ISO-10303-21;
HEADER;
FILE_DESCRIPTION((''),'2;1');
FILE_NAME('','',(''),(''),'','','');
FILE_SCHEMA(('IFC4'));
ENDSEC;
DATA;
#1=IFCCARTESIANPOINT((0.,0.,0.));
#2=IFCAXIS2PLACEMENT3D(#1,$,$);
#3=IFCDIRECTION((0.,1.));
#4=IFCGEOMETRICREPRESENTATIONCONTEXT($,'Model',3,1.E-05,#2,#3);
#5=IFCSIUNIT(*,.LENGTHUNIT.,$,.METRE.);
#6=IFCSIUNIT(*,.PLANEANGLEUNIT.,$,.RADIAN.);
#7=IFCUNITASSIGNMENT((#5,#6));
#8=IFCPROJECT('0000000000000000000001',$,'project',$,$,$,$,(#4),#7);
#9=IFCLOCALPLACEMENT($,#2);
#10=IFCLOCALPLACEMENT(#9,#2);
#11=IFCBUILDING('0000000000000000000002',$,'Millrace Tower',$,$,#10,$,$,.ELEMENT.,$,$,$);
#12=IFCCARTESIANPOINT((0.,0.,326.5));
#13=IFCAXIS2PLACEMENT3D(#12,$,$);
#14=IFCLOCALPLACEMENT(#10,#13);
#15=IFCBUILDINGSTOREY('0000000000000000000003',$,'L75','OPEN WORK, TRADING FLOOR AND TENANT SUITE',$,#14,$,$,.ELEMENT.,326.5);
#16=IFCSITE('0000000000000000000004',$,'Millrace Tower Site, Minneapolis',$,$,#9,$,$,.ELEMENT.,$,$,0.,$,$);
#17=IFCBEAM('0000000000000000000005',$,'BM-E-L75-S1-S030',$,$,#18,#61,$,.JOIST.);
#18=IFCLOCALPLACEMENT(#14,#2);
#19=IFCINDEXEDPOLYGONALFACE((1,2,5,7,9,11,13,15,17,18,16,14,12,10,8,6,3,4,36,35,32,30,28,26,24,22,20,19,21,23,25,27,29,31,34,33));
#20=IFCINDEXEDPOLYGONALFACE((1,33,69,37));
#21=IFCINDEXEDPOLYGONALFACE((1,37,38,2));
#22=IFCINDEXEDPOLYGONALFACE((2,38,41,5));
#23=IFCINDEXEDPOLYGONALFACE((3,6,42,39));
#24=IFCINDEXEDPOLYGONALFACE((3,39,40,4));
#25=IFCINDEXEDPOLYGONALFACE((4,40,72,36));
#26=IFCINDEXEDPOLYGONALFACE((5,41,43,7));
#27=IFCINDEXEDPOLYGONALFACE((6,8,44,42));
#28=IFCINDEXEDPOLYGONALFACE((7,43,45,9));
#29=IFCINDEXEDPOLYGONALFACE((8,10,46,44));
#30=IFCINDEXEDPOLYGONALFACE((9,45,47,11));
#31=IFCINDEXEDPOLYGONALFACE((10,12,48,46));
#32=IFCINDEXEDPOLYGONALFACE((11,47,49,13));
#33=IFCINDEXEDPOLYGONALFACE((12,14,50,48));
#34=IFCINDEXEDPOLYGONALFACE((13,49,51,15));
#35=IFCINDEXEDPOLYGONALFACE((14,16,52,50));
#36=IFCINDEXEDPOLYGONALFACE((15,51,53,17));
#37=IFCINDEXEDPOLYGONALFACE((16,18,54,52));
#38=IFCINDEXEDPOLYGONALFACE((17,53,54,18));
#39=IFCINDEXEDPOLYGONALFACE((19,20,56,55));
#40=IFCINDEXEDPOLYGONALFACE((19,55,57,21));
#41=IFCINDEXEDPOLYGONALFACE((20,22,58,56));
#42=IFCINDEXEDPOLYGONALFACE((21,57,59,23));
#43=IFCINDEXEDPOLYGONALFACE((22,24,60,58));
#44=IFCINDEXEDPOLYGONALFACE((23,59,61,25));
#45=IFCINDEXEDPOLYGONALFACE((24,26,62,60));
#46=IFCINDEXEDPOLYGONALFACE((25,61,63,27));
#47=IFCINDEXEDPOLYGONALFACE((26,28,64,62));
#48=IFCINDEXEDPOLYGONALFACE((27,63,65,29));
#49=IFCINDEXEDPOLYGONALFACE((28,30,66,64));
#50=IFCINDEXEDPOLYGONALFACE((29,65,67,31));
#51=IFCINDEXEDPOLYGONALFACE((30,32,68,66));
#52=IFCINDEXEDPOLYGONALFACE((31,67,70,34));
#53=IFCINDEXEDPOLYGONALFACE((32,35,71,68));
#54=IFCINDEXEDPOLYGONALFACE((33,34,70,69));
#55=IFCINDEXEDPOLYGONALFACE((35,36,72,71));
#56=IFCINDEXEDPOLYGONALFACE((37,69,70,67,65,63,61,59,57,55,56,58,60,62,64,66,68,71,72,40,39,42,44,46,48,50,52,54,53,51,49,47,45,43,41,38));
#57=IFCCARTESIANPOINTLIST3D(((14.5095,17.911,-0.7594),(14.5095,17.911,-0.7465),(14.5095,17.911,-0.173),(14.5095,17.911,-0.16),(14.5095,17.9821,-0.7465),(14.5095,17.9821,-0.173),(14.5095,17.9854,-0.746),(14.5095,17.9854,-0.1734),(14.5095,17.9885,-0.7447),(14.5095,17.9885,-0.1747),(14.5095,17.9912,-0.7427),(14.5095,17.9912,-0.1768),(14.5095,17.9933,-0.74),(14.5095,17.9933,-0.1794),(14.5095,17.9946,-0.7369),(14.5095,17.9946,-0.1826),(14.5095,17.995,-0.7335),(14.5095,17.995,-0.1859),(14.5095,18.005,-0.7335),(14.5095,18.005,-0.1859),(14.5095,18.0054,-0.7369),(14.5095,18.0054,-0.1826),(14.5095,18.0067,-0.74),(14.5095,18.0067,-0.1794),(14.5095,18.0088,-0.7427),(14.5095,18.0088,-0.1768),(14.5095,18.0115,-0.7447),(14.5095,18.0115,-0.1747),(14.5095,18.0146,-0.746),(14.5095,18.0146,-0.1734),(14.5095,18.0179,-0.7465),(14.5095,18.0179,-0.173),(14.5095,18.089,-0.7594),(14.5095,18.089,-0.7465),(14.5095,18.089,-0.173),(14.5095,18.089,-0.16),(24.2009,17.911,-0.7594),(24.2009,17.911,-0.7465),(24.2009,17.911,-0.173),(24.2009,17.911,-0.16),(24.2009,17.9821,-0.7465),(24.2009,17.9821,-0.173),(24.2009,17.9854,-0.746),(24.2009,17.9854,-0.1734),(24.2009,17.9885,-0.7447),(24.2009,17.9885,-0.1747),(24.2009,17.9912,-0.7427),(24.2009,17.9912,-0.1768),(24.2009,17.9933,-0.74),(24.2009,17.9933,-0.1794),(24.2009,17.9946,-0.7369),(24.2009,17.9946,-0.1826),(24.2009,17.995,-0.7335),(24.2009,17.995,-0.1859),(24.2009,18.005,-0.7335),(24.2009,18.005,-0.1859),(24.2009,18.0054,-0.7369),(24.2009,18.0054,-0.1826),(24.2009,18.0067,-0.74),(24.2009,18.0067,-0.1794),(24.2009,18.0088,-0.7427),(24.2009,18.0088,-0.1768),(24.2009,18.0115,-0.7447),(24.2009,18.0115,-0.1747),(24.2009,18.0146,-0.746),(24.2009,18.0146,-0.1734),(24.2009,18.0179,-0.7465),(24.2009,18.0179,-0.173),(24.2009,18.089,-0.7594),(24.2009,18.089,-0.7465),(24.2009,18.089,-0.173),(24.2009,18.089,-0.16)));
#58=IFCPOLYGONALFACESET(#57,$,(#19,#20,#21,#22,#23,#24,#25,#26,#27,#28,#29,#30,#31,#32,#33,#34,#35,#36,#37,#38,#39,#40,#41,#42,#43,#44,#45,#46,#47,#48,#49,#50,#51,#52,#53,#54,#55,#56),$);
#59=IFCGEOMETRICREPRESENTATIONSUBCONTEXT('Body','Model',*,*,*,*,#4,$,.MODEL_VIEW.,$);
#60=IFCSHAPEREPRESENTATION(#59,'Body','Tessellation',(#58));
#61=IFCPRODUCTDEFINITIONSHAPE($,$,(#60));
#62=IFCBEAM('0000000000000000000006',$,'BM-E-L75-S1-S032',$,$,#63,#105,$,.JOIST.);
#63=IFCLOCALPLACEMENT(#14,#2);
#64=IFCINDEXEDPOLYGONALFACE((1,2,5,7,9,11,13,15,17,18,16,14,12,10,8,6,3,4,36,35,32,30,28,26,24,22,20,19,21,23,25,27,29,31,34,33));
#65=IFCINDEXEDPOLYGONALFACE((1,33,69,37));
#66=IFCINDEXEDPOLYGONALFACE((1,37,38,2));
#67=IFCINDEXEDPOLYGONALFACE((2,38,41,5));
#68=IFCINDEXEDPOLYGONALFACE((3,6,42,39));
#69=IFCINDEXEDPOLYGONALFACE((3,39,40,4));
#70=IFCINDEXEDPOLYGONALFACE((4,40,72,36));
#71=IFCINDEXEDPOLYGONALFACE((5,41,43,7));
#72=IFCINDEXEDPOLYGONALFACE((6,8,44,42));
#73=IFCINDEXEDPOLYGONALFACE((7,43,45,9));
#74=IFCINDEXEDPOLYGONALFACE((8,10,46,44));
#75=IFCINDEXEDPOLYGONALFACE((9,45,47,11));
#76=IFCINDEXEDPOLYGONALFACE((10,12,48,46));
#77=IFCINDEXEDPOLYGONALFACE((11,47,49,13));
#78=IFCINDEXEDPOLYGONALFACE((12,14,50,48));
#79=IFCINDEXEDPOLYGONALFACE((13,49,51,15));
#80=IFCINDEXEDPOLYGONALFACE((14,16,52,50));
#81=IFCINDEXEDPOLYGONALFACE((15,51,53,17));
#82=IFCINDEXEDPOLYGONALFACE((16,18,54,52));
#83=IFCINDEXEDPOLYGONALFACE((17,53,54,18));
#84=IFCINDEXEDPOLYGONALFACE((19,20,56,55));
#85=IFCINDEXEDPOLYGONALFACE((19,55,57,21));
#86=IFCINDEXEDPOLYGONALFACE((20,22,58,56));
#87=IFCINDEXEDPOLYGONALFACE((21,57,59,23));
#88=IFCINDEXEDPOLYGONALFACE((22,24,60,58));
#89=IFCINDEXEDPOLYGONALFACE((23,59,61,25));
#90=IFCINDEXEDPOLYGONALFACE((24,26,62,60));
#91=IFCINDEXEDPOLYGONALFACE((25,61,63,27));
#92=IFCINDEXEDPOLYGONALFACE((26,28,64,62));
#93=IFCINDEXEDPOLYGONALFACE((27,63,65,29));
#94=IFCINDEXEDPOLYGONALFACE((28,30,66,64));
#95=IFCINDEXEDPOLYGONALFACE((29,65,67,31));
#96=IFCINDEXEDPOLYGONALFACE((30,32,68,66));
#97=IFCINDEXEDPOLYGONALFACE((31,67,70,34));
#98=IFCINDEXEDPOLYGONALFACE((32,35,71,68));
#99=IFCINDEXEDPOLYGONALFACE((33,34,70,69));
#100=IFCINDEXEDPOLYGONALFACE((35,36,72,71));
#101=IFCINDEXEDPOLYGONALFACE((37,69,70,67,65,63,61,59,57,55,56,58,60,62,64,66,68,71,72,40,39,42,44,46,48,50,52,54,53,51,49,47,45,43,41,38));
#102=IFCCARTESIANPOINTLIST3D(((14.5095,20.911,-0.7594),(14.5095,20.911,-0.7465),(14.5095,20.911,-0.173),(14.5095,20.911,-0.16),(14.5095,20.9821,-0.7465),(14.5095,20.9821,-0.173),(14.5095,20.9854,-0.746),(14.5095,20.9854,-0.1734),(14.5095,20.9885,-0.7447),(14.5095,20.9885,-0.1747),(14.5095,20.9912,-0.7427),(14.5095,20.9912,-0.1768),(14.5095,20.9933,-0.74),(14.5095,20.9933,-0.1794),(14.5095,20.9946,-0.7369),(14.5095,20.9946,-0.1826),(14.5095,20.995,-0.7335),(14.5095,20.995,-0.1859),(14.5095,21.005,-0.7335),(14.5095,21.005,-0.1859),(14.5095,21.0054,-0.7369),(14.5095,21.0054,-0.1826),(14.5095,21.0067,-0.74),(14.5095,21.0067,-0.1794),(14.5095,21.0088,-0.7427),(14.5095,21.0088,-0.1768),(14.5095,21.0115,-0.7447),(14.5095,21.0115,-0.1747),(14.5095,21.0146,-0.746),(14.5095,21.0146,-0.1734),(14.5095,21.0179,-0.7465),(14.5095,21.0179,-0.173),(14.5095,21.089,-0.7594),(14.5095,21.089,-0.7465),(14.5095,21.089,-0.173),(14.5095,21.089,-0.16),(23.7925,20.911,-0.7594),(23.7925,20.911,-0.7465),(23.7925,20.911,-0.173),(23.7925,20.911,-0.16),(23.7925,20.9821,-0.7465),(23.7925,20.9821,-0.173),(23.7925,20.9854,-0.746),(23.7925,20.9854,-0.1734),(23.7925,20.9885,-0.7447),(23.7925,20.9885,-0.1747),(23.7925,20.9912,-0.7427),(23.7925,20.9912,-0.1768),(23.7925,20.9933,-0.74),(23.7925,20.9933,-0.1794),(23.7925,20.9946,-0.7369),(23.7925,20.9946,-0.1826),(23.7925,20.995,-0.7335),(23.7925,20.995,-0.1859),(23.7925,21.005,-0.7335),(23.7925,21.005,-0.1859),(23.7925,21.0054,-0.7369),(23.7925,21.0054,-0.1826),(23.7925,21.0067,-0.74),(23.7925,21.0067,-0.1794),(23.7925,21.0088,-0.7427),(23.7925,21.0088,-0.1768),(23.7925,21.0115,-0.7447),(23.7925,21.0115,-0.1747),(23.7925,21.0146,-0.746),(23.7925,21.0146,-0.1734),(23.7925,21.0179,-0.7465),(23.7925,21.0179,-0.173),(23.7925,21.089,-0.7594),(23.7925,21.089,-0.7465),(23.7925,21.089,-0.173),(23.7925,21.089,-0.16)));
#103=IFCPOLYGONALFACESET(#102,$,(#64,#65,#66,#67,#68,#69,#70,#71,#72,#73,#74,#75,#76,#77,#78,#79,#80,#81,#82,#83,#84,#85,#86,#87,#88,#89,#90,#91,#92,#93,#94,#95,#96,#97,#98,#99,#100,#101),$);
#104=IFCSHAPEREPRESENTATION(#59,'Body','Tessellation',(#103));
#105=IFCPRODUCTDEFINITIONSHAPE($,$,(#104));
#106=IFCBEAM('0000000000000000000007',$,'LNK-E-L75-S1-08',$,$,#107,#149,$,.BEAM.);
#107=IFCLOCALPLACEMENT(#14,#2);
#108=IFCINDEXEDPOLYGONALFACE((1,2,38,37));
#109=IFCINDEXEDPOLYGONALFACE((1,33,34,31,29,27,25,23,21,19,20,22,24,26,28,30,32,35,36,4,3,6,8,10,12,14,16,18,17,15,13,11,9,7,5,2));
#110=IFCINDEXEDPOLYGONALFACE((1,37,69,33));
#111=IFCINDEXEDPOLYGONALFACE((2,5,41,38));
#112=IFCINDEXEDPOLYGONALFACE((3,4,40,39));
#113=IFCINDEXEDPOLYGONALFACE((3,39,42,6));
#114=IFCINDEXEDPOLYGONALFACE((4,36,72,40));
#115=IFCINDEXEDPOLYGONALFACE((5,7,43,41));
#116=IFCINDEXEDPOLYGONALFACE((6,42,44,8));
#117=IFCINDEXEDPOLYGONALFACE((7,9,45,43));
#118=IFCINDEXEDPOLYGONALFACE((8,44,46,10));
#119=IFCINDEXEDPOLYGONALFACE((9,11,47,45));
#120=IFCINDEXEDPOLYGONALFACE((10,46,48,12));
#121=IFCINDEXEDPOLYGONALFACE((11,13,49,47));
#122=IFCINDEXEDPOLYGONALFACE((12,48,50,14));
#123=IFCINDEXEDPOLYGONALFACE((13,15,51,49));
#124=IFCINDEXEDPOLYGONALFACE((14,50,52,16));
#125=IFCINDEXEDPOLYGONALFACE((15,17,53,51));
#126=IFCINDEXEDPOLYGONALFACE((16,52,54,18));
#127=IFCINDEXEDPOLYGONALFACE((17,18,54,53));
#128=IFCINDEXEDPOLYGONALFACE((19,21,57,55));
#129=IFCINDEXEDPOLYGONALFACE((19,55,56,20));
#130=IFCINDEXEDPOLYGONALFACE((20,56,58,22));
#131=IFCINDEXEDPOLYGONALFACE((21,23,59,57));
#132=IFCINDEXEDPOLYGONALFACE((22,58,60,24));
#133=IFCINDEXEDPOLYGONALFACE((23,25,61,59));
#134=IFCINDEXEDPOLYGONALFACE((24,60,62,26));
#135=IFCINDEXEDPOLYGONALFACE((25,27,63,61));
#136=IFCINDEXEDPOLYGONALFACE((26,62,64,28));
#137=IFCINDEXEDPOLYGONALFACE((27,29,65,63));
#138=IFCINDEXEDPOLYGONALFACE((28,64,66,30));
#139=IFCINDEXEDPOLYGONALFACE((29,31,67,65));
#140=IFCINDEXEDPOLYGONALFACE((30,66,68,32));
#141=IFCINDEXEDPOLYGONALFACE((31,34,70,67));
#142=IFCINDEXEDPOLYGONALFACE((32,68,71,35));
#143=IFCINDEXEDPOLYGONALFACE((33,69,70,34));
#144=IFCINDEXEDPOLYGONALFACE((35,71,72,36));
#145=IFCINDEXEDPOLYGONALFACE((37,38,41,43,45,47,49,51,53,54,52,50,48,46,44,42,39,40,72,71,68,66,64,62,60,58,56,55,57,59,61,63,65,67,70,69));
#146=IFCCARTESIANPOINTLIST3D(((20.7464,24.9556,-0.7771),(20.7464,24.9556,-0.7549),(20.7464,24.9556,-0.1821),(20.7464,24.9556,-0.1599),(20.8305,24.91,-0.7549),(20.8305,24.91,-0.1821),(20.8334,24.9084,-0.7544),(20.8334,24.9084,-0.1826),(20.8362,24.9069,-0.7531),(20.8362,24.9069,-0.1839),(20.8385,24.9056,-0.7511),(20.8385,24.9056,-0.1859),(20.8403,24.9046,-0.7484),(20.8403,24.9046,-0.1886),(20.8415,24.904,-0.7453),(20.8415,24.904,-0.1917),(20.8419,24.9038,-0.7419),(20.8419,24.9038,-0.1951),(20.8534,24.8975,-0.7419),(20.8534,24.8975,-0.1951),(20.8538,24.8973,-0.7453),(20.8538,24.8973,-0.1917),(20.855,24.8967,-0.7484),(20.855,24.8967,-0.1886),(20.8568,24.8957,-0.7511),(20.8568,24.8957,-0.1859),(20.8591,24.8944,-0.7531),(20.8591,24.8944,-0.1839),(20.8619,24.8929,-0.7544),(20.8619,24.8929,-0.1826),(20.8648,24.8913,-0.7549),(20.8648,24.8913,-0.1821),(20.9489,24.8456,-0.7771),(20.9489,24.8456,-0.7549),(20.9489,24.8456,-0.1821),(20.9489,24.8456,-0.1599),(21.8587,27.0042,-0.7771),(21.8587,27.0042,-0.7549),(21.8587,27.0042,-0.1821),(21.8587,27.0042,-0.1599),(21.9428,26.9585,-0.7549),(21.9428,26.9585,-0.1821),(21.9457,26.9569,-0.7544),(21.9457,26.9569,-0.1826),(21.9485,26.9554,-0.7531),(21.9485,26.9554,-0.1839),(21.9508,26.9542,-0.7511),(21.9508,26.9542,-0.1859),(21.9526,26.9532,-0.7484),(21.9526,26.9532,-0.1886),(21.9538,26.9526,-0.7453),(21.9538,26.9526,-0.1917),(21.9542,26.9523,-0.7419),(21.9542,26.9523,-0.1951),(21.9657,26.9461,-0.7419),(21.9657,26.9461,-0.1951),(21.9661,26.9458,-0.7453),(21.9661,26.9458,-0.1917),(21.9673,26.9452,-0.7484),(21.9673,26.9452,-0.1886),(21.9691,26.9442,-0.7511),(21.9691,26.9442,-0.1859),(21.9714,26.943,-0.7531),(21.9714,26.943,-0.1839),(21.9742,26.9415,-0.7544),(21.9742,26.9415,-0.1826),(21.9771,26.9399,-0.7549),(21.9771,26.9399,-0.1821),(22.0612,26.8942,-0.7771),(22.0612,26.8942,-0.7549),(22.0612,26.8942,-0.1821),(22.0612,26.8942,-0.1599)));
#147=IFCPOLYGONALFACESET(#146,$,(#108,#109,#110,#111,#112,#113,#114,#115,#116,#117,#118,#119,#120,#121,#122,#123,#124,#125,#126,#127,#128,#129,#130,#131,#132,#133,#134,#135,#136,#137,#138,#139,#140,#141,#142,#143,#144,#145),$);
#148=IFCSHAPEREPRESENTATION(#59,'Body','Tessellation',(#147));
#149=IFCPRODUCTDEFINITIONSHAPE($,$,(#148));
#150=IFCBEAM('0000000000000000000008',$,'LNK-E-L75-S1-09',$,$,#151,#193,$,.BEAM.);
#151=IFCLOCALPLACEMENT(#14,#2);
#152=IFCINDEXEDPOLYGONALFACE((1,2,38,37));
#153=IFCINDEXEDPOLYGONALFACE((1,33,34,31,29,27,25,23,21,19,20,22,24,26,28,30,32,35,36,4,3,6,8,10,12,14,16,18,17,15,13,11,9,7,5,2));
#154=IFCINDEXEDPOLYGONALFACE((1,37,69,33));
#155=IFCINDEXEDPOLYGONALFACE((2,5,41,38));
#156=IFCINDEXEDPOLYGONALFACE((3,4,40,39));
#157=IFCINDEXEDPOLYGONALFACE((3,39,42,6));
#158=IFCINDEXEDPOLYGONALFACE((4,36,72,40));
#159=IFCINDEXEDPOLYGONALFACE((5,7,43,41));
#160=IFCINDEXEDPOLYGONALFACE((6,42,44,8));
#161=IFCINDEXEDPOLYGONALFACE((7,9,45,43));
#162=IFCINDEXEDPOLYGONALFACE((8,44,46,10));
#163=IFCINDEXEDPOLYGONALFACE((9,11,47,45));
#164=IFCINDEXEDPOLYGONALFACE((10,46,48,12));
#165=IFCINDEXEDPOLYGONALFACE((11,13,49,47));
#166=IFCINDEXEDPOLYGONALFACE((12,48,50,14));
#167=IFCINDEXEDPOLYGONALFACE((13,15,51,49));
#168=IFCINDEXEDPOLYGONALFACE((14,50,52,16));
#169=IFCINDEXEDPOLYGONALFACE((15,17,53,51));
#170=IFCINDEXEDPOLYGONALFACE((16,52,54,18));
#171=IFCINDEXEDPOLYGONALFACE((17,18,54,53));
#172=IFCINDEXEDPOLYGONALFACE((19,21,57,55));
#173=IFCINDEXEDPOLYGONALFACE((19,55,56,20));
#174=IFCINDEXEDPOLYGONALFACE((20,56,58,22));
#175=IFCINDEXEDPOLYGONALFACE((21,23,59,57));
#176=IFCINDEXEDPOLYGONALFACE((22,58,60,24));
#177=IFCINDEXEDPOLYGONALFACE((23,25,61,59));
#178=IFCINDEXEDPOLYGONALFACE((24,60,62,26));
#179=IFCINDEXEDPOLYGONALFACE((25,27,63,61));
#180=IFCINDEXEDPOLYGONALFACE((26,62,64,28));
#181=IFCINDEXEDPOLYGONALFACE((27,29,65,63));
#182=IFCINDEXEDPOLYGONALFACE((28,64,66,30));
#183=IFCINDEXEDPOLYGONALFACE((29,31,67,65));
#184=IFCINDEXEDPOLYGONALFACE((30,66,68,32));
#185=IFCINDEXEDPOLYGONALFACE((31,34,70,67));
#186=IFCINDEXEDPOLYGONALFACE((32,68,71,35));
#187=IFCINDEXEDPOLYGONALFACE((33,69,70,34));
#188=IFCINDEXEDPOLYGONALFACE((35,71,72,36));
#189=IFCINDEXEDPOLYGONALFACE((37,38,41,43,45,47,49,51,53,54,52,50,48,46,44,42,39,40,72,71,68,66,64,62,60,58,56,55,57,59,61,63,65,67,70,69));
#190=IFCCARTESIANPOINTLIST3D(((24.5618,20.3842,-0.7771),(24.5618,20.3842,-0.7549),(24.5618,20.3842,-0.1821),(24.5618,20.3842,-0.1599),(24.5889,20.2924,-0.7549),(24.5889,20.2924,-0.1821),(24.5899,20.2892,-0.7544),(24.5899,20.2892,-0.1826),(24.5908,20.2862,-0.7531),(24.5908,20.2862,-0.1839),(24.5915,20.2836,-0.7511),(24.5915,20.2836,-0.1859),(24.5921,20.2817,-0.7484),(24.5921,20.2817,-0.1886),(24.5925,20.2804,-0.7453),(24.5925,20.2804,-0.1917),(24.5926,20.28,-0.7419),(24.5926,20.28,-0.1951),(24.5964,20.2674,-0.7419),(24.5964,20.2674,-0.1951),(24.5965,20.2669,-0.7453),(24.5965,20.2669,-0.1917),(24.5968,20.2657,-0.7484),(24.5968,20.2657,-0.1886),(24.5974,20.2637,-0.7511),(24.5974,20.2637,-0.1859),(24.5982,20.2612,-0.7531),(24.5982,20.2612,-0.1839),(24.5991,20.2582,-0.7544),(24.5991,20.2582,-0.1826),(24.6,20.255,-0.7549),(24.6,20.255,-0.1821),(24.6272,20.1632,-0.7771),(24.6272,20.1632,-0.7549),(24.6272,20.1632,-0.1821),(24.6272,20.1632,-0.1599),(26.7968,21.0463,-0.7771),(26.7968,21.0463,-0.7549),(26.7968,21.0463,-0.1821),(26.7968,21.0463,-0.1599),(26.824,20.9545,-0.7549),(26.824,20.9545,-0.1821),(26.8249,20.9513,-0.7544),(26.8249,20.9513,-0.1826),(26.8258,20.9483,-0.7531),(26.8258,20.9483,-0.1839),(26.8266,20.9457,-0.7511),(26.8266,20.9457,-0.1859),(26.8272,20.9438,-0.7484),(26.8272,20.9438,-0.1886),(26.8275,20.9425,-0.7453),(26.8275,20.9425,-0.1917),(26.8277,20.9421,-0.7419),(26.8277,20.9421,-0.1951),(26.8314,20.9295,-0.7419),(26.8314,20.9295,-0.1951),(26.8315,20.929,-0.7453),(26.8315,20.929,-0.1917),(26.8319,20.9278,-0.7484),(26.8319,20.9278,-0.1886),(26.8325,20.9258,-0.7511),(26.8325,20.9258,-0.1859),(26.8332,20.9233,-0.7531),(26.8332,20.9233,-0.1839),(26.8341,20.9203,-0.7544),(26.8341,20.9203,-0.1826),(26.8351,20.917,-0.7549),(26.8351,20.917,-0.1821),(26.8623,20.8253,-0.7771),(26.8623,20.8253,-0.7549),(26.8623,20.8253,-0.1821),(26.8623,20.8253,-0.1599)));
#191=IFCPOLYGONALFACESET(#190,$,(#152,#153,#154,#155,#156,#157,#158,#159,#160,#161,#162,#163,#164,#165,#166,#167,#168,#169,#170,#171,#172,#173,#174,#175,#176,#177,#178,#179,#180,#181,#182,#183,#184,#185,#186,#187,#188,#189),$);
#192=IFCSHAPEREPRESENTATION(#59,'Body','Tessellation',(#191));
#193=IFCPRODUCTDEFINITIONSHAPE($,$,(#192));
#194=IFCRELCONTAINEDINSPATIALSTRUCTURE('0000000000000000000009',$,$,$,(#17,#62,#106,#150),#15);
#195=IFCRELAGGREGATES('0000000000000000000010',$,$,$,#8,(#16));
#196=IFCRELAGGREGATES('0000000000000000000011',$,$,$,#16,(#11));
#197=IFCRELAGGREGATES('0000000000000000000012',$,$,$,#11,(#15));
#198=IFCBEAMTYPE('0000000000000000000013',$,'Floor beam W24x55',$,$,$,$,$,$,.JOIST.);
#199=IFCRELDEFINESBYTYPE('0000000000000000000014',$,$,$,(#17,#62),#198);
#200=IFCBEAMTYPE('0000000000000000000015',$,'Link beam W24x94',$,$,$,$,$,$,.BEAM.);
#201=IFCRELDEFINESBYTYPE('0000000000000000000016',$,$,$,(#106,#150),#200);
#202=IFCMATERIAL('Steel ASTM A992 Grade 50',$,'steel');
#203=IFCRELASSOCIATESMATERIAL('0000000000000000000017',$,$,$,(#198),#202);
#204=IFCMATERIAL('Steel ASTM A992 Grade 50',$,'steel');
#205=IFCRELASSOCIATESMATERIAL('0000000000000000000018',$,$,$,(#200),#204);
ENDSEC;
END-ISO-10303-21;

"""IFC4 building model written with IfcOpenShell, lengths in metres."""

from ifc_helpers import new_model, si_unit, direction, frame, origin, origin_2d, place, context, subcontext, project, spatial, i_section, extrude, material, material_profile, profile_set, type_object, element, save


model = new_model("IFC4")

# Units and contexts
model_context = context("Model", 3, precision=1e-05, world=origin(), true_north=direction((0.0, 1.0)))
body_context = subcontext(model_context, "Body", "Model", "MODEL_VIEW")
ifc_project = project(units=[si_unit("LENGTHUNIT", "METRE"), si_unit("PLANEANGLEUNIT", "RADIAN")], contexts=[model_context])

# Site, building, storey
site_placement = place(None, origin())
site = spatial("IfcSite", under=ifc_project, at=site_placement, Name="Millrace Tower Site, Minneapolis", CompositionType="ELEMENT", RefElevation=0.0)
building_placement = place(site_placement, origin())
building = spatial("IfcBuilding", under=site, at=building_placement, Name="Millrace Tower", CompositionType="ELEMENT")
storey_placement = place(building_placement, frame((0.0, 0.0, 326.5)))
storey = spatial("IfcBuildingStorey", under=building, at=storey_placement, Name="L75", Description="OPEN WORK, TRADING FLOOR AND TENANT SUITE", CompositionType="ELEMENT", Elevation=326.5)

# Beams
ifc_material_1 = material(Name="Steel ASTM A992 Grade 50", Category="steel")
ifc_material_profile_1 = material_profile(ifc_material_1, i_section(OverallWidth=0.178, OverallDepth=0.5994, WebThickness=0.01, FlangeThickness=0.0129, FilletRadius=0.0129, at=origin_2d()))
ifc_profile_set_1 = profile_set([ifc_material_profile_1], Name="Steel ASTM A992 Grade 50")
beam_type_1 = type_object("IfcBeamType", Name="Floor beam W24x55", PredefinedType="JOIST", material=ifc_profile_set_1)
beam_1_placement = place(storey_placement, frame((14.5095, 18.0, -0.4597), z_axis=(1.0, 0.0, 0.0), x_axis=(0.0, 1.0, 0.0)))
element("IfcBeam", 1, at=beam_1_placement, inside=storey, type_object=beam_type_1, Name="BM-E-L75-S1-S030", PredefinedType="JOIST", context=body_context, shape_type="SweptSolid", body=[
    extrude(i_section(OverallWidth=0.178, OverallDepth=0.5994, WebThickness=0.01, FlangeThickness=0.0129, FilletRadius=0.0129, at=origin_2d()), origin(), (0.0, 0.0, 1.0), 9.6914),
])
beam_2_placement = place(storey_placement, frame((14.5095, 21.0, -0.4597), z_axis=(1.0, 0.0, 0.0), x_axis=(0.0, 1.0, 0.0)))
element("IfcBeam", 2, at=beam_2_placement, inside=storey, type_object=beam_type_1, Name="BM-E-L75-S1-S032", PredefinedType="JOIST", context=body_context, shape_type="SweptSolid", body=[
    extrude(i_section(OverallWidth=0.178, OverallDepth=0.5994, WebThickness=0.01, FlangeThickness=0.0129, FilletRadius=0.0129, at=origin_2d()), origin(), (0.0, 0.0, 1.0), 9.283),
])
ifc_material_2 = material(Name="Steel ASTM A992 Grade 50", Category="steel")
ifc_material_profile_2 = material_profile(ifc_material_2, i_section(OverallWidth=0.2305, OverallDepth=0.6172, WebThickness=0.0132, FlangeThickness=0.0222, FilletRadius=0.0129, at=origin_2d()))
ifc_profile_set_2 = profile_set([ifc_material_profile_2], Name="Steel ASTM A992 Grade 50")
beam_type_2 = type_object("IfcBeamType", Name="Link beam W24x94", PredefinedType="BEAM", material=ifc_profile_set_2)
for number, where, z_axis, x_axis, name in (
    (3, (20.8477, 24.9006, -0.4685), (0.477164, 0.878815, 0.0), (-0.878815, 0.477164, 0.0), "LNK-E-L75-S1-08"),
    (4, (24.5945, 20.2737, -0.4685), (0.958815, 0.284031, 0.0), (-0.284031, 0.958815, 0.0), "LNK-E-L75-S1-09"),
):
    element("IfcBeam", number, at=place(storey_placement, frame(where, z_axis=z_axis, x_axis=x_axis)), inside=storey, type_object=beam_type_2, Name=name, PredefinedType="BEAM", context=body_context, shape_type="SweptSolid", body=[
        extrude(i_section(OverallWidth=0.2305, OverallDepth=0.6172, WebThickness=0.0132, FlangeThickness=0.0222, FilletRadius=0.0129, at=origin_2d()), origin(), (0.0, 0.0, 1.0), 2.3311),
    ])

save(model, "model.ifc")
